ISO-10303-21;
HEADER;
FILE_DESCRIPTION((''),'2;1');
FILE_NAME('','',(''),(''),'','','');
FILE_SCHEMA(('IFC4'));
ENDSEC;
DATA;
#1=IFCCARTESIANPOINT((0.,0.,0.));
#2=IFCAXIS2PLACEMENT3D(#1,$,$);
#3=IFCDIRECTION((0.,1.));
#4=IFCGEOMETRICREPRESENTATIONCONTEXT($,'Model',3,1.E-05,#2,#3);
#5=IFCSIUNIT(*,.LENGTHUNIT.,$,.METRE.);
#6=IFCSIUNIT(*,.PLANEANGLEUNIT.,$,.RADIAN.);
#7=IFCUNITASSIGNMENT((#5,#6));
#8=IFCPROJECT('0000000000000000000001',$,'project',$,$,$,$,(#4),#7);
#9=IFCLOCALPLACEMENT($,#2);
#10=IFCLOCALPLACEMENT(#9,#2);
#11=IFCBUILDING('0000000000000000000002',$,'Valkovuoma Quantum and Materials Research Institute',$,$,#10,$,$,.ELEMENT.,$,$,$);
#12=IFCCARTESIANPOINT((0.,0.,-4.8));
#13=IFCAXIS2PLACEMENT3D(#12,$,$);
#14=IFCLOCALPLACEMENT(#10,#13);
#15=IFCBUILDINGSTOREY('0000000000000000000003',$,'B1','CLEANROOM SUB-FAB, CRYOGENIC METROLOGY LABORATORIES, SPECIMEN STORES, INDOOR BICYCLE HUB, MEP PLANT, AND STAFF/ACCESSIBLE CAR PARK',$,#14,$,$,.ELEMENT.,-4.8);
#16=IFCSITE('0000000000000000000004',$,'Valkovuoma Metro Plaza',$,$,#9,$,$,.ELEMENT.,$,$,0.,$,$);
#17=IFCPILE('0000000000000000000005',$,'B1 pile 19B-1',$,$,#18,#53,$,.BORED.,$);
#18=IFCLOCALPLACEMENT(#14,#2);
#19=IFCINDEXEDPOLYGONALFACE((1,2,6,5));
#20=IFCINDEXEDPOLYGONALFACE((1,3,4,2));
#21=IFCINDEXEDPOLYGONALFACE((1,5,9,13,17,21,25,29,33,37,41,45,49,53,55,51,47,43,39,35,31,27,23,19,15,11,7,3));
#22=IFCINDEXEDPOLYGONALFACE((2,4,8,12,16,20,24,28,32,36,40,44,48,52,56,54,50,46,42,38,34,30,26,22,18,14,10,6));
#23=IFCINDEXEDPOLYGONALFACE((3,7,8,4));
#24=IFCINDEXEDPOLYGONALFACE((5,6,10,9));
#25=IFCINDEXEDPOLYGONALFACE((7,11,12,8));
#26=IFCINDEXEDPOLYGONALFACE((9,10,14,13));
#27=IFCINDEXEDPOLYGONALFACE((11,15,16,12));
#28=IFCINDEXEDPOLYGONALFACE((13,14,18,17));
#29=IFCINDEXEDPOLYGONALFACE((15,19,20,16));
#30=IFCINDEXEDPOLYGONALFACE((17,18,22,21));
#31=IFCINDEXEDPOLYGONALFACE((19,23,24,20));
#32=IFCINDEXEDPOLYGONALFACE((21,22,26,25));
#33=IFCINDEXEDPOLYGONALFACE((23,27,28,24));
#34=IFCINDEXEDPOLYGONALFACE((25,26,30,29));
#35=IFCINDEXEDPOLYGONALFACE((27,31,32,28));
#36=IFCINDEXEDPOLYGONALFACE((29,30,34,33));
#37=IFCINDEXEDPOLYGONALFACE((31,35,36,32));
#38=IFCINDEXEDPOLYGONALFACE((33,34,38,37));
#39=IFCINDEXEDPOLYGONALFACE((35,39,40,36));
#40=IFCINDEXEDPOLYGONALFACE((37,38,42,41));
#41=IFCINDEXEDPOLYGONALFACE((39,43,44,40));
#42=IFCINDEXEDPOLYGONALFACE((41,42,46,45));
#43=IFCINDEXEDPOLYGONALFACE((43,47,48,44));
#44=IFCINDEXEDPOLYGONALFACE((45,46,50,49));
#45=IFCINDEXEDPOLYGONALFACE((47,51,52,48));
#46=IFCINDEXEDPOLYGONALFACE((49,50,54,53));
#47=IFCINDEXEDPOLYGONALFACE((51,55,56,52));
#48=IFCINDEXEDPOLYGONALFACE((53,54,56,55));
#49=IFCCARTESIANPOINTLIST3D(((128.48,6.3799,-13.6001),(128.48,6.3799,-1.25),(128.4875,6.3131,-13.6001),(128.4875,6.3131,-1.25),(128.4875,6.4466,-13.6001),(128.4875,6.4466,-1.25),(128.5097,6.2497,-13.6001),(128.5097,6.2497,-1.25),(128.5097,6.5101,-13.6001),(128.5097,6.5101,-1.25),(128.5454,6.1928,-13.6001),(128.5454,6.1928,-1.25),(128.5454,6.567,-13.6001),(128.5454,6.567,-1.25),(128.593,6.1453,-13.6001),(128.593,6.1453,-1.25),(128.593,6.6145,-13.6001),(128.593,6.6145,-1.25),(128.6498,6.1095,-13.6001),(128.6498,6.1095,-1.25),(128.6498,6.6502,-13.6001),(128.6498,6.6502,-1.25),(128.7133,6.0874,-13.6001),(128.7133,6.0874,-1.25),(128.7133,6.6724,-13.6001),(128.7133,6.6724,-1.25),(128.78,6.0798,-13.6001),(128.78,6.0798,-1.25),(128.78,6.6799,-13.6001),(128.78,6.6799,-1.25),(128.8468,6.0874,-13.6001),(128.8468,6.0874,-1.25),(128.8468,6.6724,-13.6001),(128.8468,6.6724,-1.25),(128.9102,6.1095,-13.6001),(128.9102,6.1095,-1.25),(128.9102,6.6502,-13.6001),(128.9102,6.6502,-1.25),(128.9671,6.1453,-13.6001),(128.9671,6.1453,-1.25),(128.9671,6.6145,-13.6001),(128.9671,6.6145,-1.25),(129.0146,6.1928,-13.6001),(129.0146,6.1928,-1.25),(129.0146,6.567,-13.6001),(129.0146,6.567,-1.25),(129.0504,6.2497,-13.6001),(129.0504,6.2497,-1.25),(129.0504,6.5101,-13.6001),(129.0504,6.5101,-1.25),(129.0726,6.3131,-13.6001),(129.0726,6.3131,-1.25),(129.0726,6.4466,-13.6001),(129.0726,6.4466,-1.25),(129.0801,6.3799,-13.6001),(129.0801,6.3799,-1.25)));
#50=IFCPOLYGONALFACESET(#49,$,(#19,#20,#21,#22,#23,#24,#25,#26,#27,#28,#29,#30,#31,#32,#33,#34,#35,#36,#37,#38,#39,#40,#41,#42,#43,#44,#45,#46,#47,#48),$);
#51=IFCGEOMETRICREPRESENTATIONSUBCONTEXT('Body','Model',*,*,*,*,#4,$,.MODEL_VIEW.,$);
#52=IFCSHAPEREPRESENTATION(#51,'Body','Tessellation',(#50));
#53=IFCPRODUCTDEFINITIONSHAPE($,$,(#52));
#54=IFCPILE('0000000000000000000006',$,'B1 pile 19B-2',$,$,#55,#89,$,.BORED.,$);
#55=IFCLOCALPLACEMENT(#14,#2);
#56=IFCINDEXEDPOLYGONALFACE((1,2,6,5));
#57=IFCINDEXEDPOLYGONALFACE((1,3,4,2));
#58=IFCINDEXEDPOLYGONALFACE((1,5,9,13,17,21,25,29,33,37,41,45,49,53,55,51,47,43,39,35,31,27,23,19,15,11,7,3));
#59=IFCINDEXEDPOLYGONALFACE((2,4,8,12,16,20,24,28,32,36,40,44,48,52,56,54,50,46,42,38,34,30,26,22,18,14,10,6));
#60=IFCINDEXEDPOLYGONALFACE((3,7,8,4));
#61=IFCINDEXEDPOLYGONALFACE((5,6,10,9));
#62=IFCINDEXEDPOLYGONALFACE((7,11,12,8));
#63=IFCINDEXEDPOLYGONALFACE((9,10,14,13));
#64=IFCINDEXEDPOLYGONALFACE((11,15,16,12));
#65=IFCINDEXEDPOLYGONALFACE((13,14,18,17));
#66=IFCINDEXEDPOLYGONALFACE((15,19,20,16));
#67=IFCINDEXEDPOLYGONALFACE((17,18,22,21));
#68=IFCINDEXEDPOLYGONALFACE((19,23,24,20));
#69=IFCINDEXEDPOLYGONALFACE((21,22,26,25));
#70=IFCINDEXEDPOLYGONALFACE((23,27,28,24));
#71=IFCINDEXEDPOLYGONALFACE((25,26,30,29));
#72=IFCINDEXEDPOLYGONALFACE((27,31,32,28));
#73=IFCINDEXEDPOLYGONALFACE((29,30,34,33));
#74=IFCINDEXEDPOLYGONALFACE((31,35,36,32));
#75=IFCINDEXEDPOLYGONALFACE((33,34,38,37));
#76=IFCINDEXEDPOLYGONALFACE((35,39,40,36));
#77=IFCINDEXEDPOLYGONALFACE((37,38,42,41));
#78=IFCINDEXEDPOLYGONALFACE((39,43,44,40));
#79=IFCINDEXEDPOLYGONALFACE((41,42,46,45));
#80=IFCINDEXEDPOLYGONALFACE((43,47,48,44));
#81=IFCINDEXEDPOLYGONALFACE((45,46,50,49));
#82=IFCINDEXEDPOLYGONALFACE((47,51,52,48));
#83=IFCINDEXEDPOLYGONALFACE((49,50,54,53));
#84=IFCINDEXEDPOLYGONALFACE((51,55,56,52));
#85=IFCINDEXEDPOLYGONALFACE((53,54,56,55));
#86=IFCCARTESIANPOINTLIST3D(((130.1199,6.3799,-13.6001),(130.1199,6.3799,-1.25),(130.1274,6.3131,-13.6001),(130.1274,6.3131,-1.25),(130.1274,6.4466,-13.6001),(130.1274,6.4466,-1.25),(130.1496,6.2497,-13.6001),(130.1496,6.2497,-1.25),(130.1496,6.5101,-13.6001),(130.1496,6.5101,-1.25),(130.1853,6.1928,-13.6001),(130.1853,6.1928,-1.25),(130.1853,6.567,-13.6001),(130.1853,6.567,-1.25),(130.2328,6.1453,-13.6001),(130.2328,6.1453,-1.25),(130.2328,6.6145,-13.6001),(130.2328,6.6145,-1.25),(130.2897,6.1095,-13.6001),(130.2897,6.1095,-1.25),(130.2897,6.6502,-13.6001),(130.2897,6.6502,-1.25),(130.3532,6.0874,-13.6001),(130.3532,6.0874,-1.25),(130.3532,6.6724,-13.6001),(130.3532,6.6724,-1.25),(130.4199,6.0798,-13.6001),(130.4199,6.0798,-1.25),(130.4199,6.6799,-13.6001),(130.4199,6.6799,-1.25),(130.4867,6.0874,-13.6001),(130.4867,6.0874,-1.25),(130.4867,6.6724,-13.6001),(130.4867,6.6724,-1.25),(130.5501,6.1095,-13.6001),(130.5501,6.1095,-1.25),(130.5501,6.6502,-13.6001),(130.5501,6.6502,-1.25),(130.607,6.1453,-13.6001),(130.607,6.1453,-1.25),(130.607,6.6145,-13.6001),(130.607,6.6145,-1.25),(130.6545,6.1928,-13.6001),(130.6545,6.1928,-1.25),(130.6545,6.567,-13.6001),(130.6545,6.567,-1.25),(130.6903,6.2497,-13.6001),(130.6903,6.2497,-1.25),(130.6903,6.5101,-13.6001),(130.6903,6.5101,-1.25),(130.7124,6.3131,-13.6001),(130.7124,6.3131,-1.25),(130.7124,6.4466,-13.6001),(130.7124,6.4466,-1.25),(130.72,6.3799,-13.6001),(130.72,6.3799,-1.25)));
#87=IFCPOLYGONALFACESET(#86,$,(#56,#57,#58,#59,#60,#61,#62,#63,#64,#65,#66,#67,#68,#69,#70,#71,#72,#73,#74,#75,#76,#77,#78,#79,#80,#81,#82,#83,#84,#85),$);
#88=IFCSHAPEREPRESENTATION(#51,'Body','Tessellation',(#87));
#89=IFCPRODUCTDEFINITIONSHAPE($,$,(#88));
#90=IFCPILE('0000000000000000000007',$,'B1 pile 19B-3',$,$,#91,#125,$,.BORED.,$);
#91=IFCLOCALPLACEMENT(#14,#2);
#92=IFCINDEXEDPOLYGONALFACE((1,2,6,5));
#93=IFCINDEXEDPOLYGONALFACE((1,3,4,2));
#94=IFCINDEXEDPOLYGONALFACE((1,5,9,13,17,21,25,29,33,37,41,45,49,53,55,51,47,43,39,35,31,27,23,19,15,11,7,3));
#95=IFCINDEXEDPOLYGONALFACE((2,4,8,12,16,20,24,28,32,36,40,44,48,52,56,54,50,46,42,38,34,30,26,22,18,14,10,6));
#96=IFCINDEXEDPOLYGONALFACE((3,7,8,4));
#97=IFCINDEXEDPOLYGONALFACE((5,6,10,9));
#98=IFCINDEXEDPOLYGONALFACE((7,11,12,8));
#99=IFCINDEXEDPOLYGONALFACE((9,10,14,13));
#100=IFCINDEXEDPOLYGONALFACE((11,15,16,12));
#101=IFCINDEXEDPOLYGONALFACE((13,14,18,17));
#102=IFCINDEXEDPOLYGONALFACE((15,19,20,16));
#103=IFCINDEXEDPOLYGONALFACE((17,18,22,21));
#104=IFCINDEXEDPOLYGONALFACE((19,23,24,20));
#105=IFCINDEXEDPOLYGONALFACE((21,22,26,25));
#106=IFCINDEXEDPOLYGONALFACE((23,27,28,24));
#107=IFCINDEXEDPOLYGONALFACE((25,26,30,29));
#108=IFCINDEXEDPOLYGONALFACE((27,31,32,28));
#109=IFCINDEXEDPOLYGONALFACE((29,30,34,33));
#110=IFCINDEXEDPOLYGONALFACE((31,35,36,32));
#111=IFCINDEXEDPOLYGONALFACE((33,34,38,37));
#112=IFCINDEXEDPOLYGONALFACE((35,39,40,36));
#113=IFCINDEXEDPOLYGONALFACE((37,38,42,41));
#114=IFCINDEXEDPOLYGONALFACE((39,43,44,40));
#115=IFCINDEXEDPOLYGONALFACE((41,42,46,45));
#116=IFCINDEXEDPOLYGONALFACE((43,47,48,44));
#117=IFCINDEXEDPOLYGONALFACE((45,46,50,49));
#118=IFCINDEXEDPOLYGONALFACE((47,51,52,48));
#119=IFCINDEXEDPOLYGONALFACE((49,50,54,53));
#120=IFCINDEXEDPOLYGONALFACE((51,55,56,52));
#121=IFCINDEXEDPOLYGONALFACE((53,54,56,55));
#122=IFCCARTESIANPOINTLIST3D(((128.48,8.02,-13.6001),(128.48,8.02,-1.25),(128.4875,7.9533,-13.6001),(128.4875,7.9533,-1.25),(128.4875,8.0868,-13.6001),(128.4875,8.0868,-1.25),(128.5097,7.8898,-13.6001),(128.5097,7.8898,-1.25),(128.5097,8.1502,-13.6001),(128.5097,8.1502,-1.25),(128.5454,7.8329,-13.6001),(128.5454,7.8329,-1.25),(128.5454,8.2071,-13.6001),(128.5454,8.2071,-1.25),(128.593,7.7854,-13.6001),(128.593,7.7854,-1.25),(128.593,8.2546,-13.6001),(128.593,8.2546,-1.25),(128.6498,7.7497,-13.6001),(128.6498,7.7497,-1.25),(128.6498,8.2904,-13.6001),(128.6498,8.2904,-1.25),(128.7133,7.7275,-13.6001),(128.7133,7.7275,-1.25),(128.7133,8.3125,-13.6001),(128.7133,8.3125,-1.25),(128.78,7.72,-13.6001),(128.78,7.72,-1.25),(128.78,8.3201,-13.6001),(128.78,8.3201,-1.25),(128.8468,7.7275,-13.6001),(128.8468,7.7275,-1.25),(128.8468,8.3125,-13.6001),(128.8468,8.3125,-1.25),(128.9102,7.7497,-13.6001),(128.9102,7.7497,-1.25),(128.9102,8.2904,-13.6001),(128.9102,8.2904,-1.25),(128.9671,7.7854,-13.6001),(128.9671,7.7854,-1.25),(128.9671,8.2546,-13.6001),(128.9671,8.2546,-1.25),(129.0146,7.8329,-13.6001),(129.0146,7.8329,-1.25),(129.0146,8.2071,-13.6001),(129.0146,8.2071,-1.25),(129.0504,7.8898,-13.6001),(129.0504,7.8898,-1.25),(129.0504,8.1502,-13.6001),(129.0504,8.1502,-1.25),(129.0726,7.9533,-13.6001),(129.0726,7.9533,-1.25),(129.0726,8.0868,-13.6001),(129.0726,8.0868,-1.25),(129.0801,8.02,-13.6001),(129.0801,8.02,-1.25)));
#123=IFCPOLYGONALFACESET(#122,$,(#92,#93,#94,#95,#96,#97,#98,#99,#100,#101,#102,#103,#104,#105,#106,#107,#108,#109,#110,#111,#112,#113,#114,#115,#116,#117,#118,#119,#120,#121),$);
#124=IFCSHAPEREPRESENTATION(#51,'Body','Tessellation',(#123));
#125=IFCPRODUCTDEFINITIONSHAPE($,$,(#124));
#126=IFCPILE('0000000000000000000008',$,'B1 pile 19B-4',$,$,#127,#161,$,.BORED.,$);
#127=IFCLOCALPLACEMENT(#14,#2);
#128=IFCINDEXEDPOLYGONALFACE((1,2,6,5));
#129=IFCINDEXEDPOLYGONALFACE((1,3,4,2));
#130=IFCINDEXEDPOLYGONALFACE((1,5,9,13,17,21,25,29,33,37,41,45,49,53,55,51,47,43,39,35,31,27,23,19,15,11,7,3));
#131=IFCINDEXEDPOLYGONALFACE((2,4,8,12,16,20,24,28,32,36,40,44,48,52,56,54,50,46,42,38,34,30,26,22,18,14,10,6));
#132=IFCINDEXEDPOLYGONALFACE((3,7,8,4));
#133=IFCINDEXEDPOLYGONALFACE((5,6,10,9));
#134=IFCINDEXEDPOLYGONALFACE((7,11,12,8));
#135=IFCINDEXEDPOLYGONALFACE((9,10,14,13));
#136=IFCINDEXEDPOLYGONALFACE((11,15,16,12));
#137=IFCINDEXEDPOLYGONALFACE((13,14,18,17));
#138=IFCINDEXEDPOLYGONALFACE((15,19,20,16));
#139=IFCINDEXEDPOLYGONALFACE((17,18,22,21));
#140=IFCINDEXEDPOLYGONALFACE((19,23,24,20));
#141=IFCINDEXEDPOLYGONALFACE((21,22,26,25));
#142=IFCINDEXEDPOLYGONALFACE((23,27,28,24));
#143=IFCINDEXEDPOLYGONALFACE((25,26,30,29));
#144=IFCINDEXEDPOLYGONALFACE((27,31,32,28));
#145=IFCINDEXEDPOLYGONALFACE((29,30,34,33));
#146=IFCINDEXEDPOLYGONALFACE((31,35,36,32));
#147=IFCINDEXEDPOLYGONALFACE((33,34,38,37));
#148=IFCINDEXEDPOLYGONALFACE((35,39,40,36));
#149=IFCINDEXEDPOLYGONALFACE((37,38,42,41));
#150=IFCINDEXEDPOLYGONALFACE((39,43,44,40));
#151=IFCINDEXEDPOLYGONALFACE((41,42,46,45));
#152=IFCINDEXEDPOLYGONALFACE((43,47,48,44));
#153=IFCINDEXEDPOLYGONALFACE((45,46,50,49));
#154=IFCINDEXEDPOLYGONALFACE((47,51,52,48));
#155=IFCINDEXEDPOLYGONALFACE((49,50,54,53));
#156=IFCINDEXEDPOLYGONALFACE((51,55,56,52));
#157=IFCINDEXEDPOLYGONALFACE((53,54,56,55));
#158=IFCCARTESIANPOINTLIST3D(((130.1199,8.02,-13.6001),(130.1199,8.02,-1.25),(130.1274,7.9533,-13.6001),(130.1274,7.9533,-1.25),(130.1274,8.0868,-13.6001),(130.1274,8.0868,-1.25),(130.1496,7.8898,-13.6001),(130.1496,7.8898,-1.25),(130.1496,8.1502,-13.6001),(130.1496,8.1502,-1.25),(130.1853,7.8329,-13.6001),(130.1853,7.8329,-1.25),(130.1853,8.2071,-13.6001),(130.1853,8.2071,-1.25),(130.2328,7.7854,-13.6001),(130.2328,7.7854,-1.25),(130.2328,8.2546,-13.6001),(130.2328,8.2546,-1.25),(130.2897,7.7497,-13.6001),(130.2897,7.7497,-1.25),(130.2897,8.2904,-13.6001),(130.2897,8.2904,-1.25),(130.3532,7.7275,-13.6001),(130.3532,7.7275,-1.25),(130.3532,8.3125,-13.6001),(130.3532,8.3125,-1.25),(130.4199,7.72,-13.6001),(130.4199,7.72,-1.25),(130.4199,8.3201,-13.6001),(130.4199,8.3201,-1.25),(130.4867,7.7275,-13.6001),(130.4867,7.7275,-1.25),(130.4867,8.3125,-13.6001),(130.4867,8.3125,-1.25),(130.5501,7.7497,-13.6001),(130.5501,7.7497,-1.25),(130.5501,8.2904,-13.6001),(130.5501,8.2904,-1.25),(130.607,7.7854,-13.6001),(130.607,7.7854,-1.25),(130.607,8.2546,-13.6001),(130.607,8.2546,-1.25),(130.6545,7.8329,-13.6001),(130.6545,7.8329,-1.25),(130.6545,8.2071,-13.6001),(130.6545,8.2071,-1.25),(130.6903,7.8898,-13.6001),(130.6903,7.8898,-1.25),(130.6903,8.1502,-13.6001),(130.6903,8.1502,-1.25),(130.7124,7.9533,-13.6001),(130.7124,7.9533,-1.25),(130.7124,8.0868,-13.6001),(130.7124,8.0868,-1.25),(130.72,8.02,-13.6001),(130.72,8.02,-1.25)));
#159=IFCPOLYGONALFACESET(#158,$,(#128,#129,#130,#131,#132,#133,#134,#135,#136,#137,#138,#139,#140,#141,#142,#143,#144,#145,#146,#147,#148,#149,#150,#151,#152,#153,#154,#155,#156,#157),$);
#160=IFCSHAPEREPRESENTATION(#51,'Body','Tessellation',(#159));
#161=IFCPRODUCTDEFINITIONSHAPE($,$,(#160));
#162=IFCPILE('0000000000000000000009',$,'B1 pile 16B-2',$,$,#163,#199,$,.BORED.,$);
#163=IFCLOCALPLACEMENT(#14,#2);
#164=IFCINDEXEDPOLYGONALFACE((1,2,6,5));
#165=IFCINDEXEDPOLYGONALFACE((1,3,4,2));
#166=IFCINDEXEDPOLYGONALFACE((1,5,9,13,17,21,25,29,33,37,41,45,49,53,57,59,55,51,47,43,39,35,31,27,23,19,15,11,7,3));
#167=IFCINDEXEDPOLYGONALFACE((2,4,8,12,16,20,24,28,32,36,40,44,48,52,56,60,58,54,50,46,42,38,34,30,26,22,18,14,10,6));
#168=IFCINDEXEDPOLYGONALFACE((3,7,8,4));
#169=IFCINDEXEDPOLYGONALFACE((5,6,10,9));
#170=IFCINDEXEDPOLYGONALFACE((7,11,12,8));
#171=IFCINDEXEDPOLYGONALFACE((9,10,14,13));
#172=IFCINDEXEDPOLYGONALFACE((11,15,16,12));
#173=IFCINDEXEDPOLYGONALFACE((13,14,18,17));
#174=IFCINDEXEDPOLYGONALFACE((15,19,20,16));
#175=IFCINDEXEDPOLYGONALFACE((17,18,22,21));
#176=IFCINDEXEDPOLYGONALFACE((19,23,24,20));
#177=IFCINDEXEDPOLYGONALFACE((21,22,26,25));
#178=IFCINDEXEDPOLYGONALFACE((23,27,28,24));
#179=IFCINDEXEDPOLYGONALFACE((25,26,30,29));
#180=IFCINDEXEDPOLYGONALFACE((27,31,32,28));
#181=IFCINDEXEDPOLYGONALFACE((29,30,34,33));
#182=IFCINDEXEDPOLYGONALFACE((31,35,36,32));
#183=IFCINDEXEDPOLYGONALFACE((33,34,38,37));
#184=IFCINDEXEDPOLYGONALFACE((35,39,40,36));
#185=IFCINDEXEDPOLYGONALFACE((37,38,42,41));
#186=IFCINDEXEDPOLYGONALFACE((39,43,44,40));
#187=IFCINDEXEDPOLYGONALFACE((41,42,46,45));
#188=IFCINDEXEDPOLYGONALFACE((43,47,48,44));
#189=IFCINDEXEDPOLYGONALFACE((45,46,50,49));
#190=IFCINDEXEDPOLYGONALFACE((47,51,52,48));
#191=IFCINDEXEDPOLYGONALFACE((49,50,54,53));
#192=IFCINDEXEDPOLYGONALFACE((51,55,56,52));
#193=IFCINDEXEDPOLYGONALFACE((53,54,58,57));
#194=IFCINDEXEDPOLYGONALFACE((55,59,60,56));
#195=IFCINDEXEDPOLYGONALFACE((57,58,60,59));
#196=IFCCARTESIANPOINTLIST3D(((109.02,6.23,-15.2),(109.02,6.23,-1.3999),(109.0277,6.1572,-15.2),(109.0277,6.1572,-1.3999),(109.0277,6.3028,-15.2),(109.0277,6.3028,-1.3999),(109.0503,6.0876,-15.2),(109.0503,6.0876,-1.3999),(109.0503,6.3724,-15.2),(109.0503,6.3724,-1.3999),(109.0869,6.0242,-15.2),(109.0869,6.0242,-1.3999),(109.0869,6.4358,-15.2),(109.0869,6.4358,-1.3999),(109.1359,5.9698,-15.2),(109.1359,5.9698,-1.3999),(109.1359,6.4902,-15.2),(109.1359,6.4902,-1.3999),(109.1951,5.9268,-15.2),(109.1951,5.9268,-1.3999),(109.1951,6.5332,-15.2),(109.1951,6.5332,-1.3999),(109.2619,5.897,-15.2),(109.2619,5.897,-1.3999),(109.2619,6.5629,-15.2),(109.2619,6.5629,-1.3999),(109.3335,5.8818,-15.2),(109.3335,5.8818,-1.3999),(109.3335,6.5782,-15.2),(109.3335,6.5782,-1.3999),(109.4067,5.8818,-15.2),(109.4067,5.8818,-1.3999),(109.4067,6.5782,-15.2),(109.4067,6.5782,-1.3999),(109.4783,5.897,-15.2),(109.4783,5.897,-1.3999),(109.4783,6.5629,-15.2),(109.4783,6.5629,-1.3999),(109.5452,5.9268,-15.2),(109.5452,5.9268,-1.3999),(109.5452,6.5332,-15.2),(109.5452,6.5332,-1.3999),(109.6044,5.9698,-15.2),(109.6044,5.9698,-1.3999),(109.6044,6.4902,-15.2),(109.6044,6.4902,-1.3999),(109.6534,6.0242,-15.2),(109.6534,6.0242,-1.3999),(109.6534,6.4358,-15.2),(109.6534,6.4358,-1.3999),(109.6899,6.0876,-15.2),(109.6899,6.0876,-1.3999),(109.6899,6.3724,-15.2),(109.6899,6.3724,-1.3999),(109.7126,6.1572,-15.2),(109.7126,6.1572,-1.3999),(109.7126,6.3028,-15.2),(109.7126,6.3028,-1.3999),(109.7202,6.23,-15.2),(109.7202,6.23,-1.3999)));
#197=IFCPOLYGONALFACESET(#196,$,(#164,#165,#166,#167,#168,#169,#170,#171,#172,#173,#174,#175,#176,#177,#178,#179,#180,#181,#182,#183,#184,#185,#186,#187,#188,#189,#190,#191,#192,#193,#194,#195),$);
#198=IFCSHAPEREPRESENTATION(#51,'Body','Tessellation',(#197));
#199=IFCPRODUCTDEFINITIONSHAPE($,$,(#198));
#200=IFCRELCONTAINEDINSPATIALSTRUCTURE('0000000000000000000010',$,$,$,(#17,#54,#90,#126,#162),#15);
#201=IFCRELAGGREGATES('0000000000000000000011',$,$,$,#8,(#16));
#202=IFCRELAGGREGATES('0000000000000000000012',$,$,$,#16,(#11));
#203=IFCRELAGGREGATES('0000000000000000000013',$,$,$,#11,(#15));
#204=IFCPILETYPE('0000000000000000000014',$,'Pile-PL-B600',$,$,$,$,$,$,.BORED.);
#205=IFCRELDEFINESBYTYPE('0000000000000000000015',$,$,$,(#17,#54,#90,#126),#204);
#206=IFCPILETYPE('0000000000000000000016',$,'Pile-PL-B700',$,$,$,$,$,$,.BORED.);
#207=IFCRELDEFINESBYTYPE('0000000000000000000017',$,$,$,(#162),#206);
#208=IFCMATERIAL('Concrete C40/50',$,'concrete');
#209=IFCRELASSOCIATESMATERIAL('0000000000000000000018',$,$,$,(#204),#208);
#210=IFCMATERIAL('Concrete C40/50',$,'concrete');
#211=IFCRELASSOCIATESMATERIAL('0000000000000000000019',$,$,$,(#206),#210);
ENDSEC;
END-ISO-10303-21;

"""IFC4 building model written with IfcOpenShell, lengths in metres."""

from ifc_helpers import new_model, si_unit, direction, frame, origin, origin_2d, place, context, subcontext, project, spatial, circle, extrude, material, material_profile, profile_set, type_object, element, save


model = new_model("IFC4")

# Units and contexts
model_context = context("Model", 3, precision=1e-05, world=origin(), true_north=direction((0.0, 1.0)))
body_context = subcontext(model_context, "Body", "Model", "MODEL_VIEW")
ifc_project = project(units=[si_unit("LENGTHUNIT", "METRE"), si_unit("PLANEANGLEUNIT", "RADIAN")], contexts=[model_context])

# Site, building, storey
site_placement = place(None, origin())
site = spatial("IfcSite", under=ifc_project, at=site_placement, Name="Valkovuoma Metro Plaza", CompositionType="ELEMENT", RefElevation=0.0)
building_placement = place(site_placement, origin())
building = spatial("IfcBuilding", under=site, at=building_placement, Name="Valkovuoma Quantum and Materials Research Institute", CompositionType="ELEMENT")
storey_placement = place(building_placement, frame((0.0, 0.0, -4.8)))
storey = spatial("IfcBuildingStorey", under=building, at=storey_placement, Name="B1", Description="CLEANROOM SUB-FAB, CRYOGENIC METROLOGY LABORATORIES, SPECIMEN STORES, INDOOR BICYCLE HUB, MEP PLANT, AND STAFF/ACCESSIBLE CAR PARK", CompositionType="ELEMENT", Elevation=-4.8)

# Piles
ifc_material_1 = material(Name="Concrete C40/50", Category="concrete")
ifc_material_profile_1 = material_profile(ifc_material_1, circle(Radius=0.3, at=origin_2d()), Name="Concrete C40/50")
ifc_profile_set_1 = profile_set([ifc_material_profile_1], Name="Concrete C40/50")
pile_type_1 = type_object("IfcPileType", Name="Pile-PL-B600", PredefinedType="BORED", material=ifc_profile_set_1)
for number, where, z_axis, x_axis, name in (
    (1, (128.78, 6.3799, -1.25), (0.0, 0.0, -1.0), (1.0, 0.0, 0.0), "B1 pile 19B-1"),
    (2, (130.4199, 6.3799, -1.25), (0.0, 0.0, -1.0), (1.0, 0.0, 0.0), "B1 pile 19B-2"),
    (3, (128.78, 8.02, -1.25), (0.0, 0.0, -1.0), (1.0, 0.0, 0.0), "B1 pile 19B-3"),
    (4, (130.4199, 8.02, -1.25), (0.0, 0.0, -1.0), (1.0, 0.0, 0.0), "B1 pile 19B-4"),
):
    element("IfcPile", number, at=place(storey_placement, frame(where, z_axis=z_axis, x_axis=x_axis)), inside=storey, type_object=pile_type_1, Name=name, PredefinedType="BORED", context=body_context, shape_type="SweptSolid", body=[
        extrude(circle(Radius=0.3, at=origin_2d()), origin(), (0.0, 0.0, 1.0), 12.3501),
    ])
ifc_material_2 = material(Name="Concrete C40/50", Category="concrete")
ifc_material_profile_2 = material_profile(ifc_material_2, circle(Radius=0.3501, at=origin_2d()), Name="Concrete C40/50")
ifc_profile_set_2 = profile_set([ifc_material_profile_2], Name="Concrete C40/50")
pile_type_2 = type_object("IfcPileType", Name="Pile-PL-B700", PredefinedType="BORED", material=ifc_profile_set_2)
for number, where, z_axis, x_axis, name in (
    (5, (109.3701, 6.23, -1.3999), (0.0, 0.0, -1.0), (1.0, 0.0, 0.0), "B1 pile 16B-2"),
):
    element("IfcPile", number, at=place(storey_placement, frame(where, z_axis=z_axis, x_axis=x_axis)), inside=storey, type_object=pile_type_2, Name=name, PredefinedType="BORED", context=body_context, shape_type="SweptSolid", body=[
        extrude(circle(Radius=0.3501, at=origin_2d()), origin(), (0.0, 0.0, 1.0), 13.8),
    ])

save(model, "model.ifc")
